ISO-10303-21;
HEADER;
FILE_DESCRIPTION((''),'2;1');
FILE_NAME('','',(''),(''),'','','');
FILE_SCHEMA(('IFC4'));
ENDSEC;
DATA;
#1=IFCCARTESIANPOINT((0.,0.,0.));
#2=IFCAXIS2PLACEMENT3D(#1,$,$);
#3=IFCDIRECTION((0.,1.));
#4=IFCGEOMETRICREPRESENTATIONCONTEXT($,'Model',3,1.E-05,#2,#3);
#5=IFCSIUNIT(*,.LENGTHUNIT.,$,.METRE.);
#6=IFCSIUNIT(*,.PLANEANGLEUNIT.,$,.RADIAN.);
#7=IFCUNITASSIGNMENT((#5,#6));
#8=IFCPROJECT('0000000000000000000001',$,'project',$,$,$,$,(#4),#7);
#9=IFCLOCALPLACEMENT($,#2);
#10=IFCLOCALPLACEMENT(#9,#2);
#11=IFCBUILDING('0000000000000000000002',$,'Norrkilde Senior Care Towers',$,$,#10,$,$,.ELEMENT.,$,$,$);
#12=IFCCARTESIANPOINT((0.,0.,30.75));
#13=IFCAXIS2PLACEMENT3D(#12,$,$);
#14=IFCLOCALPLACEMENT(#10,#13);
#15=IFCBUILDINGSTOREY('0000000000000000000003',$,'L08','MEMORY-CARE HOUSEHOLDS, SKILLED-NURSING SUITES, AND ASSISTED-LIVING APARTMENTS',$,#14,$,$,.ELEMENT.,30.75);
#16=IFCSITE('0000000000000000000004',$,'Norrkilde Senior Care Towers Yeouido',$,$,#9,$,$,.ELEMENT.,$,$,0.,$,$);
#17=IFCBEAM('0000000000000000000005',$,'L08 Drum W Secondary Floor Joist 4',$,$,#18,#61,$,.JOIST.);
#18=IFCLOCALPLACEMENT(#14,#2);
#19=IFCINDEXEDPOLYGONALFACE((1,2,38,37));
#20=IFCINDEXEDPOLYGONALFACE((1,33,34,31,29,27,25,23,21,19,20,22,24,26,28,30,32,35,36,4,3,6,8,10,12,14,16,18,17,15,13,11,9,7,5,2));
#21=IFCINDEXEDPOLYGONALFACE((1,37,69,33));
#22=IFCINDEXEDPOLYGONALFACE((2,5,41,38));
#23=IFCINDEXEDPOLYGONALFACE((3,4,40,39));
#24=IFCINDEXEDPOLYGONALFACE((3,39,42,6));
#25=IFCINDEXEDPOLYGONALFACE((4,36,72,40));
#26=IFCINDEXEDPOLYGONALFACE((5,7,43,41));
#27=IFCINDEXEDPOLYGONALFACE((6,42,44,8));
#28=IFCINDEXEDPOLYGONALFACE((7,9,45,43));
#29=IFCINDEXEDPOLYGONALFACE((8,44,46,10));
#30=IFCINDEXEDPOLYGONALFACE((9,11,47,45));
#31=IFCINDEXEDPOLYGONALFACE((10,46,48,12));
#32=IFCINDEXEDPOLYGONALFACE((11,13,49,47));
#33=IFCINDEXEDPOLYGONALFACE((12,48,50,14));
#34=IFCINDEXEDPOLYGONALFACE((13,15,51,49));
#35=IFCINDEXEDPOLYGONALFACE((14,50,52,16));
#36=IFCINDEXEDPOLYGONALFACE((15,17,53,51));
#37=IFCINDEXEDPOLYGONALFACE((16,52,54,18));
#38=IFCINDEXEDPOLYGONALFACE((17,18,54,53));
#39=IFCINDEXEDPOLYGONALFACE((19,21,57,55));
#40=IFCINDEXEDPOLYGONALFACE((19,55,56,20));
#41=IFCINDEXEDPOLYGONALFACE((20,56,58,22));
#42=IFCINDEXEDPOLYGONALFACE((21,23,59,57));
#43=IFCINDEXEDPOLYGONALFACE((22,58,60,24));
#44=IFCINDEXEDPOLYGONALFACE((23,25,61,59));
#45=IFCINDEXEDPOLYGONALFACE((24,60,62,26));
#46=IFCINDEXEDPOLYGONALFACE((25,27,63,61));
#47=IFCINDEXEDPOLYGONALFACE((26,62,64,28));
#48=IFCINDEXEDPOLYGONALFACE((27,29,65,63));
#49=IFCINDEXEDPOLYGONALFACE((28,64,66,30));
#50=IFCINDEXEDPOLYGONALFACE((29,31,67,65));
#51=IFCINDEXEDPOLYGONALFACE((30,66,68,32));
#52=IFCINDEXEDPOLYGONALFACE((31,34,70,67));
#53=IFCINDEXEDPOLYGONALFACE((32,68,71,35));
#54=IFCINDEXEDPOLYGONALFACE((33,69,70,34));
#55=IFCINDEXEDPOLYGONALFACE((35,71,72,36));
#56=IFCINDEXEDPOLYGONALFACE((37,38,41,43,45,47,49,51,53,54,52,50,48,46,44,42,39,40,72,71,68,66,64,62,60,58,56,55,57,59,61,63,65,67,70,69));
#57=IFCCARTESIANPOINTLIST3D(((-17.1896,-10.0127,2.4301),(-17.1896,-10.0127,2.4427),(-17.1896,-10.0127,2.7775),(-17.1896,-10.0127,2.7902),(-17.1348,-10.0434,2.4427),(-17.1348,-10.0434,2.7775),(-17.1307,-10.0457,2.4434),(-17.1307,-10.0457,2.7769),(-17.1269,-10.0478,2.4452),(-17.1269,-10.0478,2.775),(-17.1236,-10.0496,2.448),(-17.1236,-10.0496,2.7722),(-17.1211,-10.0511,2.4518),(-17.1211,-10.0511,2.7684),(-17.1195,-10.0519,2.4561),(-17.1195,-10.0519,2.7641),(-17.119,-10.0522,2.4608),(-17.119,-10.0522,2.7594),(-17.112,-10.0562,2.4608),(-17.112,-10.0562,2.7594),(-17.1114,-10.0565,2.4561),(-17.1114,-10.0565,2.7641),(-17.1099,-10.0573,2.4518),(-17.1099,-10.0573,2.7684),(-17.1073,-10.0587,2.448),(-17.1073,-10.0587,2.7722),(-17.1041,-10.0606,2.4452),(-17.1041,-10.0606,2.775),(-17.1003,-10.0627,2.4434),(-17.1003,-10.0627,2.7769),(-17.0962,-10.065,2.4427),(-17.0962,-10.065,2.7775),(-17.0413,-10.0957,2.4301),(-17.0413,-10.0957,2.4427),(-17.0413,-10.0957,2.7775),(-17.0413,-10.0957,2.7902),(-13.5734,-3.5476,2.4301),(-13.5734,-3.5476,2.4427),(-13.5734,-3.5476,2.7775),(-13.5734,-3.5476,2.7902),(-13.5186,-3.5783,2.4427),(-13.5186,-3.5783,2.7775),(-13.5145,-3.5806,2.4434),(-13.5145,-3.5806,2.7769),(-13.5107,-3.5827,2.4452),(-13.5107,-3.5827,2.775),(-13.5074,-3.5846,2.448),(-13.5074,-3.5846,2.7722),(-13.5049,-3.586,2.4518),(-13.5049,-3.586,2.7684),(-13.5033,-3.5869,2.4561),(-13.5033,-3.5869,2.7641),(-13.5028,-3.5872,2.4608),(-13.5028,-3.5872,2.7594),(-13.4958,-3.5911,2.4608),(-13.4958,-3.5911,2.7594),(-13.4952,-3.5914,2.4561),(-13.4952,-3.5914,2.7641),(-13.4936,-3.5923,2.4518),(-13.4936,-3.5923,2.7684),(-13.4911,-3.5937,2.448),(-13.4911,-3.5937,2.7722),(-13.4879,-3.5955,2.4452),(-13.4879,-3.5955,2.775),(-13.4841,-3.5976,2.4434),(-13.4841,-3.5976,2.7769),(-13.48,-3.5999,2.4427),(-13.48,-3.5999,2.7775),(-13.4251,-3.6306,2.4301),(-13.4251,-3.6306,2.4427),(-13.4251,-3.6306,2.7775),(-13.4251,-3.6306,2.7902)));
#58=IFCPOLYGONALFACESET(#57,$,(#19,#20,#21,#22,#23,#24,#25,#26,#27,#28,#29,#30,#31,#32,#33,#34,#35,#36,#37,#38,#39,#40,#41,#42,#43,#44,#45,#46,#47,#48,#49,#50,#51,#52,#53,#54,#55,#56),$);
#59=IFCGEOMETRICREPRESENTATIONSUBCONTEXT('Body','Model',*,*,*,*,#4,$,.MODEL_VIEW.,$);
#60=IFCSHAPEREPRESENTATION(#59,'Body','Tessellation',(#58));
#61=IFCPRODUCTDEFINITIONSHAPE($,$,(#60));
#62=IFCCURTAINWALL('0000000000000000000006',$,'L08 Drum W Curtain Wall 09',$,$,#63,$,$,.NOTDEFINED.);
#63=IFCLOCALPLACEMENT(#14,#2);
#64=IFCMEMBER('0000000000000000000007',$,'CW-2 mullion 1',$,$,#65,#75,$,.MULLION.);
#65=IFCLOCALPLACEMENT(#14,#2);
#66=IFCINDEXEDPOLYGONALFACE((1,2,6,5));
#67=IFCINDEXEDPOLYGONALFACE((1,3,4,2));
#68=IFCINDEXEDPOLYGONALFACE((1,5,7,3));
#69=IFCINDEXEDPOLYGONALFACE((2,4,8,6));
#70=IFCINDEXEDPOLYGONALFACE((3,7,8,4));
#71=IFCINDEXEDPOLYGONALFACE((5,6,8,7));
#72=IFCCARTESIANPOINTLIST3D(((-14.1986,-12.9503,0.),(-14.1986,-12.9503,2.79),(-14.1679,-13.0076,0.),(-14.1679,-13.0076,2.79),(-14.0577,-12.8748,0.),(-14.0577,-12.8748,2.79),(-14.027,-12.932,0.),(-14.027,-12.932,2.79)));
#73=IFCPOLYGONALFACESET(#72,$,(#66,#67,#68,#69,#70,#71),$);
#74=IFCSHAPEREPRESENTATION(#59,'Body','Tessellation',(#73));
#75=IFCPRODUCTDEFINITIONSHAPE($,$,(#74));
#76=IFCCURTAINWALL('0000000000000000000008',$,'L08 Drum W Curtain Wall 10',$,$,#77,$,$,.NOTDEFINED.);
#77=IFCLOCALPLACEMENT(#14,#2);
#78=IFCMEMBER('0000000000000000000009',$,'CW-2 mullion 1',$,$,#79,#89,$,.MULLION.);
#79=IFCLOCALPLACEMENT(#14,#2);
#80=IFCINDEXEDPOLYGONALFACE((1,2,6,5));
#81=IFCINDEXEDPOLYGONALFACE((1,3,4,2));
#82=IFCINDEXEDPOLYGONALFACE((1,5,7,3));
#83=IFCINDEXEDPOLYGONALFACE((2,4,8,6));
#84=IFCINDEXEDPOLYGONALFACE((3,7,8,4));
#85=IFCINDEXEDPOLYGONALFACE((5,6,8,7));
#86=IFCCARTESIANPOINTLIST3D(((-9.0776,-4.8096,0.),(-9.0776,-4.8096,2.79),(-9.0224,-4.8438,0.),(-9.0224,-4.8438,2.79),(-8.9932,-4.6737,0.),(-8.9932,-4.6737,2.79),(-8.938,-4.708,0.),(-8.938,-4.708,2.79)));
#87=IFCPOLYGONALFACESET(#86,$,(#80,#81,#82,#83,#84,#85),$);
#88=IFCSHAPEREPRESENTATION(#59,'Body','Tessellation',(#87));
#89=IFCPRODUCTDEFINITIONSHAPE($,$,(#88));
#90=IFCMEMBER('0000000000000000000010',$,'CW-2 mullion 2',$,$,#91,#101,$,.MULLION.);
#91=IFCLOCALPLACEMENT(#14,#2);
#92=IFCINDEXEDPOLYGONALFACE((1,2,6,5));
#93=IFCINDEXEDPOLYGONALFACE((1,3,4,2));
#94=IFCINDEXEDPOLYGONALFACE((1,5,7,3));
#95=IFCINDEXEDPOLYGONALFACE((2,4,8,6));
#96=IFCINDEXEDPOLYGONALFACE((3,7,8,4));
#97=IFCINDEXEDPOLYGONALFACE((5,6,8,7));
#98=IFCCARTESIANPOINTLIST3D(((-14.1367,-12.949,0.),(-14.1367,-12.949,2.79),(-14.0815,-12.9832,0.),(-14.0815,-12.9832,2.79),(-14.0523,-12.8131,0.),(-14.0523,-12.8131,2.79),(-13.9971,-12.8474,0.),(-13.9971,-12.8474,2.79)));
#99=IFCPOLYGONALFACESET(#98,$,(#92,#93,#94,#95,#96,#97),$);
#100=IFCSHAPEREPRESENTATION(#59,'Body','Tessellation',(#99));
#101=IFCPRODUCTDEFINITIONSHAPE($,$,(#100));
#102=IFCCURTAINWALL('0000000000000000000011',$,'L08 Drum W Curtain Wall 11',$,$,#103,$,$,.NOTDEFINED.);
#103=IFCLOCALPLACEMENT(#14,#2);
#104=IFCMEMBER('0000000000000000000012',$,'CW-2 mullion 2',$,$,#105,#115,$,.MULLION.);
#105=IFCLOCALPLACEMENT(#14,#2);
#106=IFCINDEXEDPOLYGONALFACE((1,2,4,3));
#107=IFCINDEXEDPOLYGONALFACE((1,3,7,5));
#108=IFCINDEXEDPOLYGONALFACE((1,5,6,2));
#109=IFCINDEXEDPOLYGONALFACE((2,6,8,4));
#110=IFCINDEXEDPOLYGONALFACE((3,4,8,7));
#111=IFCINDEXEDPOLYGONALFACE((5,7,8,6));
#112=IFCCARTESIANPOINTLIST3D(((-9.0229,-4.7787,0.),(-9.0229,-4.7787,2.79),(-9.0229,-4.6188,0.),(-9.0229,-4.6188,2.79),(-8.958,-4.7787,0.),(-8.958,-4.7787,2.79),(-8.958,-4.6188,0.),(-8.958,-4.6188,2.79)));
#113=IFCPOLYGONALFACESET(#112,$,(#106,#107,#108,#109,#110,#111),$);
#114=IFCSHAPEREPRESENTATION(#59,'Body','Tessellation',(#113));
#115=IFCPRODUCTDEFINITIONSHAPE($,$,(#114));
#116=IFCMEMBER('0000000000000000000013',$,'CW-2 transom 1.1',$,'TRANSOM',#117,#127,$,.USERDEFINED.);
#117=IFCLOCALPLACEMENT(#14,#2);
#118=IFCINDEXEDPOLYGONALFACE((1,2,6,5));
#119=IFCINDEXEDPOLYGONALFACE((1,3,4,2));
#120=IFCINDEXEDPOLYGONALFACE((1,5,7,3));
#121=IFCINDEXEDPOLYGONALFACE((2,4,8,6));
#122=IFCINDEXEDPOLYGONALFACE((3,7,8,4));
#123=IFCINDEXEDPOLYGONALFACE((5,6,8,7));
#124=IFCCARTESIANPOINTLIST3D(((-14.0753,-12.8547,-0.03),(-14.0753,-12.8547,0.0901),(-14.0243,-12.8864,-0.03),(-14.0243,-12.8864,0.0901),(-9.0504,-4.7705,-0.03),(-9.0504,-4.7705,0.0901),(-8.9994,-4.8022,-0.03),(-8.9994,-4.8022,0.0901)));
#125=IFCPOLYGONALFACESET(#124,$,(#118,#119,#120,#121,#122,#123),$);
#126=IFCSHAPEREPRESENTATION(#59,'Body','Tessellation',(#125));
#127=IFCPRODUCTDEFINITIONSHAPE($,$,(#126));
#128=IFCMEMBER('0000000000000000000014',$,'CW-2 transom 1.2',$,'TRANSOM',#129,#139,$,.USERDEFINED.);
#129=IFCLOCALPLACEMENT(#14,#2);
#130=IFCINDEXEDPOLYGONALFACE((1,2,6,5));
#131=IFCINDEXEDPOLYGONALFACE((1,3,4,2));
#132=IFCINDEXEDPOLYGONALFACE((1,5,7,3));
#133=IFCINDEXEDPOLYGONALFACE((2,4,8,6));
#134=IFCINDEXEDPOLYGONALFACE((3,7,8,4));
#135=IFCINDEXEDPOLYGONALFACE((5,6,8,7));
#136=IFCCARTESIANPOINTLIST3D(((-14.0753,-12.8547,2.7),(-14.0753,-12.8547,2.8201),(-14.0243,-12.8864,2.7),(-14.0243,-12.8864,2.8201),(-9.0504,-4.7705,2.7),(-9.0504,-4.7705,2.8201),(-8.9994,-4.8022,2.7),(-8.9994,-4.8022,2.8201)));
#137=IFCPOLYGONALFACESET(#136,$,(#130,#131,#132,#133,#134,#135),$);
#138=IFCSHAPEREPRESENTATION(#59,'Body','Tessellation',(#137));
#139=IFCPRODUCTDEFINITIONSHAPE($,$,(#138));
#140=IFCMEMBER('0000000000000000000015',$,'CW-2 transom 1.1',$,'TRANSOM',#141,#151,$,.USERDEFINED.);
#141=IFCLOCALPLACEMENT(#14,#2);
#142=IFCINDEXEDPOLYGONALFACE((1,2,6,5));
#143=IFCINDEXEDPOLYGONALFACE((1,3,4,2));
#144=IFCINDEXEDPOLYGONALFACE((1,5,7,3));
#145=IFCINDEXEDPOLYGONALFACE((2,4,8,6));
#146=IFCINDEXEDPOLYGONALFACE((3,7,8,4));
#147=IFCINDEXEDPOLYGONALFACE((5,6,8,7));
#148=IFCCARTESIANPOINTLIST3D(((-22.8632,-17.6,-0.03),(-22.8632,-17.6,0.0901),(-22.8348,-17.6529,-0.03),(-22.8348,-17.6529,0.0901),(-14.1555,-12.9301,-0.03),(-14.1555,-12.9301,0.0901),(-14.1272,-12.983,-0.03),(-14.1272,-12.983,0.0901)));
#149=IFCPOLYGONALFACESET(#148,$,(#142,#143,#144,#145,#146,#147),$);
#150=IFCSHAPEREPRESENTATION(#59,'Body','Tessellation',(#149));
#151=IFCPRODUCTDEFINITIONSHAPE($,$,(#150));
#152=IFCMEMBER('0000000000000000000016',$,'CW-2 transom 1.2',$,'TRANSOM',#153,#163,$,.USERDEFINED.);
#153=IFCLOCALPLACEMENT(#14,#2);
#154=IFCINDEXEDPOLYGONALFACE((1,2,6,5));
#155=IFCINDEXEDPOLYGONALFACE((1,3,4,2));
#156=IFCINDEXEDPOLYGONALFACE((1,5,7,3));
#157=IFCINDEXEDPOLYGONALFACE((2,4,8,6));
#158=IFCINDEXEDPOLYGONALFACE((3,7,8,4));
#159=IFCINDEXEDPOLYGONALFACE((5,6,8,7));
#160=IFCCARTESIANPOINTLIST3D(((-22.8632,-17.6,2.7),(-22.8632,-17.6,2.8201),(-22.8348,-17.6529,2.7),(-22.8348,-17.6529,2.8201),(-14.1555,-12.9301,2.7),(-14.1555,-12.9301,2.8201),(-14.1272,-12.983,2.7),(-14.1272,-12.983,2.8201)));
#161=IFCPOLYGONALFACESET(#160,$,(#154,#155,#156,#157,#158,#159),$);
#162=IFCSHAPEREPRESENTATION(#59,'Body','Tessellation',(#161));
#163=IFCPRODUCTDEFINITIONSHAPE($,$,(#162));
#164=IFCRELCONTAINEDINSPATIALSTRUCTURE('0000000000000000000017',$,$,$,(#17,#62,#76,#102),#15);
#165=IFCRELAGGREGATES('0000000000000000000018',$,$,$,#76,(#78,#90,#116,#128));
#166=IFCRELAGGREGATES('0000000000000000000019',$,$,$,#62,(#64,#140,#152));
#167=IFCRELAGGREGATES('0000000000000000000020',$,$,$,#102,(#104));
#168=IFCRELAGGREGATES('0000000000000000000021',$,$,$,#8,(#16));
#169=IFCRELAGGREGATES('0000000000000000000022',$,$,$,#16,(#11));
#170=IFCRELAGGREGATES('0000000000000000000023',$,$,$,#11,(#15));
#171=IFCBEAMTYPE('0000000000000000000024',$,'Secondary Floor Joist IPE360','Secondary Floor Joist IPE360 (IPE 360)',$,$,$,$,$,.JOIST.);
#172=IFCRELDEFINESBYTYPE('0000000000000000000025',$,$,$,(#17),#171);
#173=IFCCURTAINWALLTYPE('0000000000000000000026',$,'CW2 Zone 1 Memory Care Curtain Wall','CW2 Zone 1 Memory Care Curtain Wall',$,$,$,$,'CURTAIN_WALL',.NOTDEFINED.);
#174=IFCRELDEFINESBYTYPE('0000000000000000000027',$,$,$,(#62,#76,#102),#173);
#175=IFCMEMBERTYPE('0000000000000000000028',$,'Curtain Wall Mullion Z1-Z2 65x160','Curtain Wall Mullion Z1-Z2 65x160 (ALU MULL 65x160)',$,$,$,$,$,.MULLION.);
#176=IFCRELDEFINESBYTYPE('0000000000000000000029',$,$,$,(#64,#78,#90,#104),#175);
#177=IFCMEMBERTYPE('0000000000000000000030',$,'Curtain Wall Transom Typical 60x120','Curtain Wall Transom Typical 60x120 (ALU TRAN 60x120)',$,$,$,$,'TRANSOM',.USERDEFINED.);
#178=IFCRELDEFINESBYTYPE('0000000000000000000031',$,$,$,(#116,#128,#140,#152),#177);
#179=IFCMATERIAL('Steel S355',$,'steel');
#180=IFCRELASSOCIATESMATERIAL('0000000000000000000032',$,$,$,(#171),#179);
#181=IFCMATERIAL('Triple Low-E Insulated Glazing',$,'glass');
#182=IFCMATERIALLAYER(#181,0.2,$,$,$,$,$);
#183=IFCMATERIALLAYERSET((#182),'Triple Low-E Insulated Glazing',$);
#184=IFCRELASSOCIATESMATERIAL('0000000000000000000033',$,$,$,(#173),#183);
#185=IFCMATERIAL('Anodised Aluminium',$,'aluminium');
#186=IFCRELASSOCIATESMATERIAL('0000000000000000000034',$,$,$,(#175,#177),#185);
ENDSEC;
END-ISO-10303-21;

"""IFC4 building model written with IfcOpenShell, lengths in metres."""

from ifc_helpers import new_model, si_unit, direction, frame, origin, origin_2d, place, context, subcontext, project, spatial, rectangle, i_section, extrude, source, transform, mapped, material, layer, layer_set, material_profile, profile_set, type_object, type_shapes, element, aggregate, save


model = new_model("IFC4")

# Units and contexts
model_context = context("Model", 3, precision=1e-05, world=origin(), true_north=direction((0.0, 1.0)))
body_context = subcontext(model_context, "Body", "Model", "MODEL_VIEW")
ifc_project = project(units=[si_unit("LENGTHUNIT", "METRE"), si_unit("PLANEANGLEUNIT", "RADIAN")], contexts=[model_context])

# Site, building, storey
site_placement = place(None, origin())
site = spatial("IfcSite", under=ifc_project, at=site_placement, Name="Norrkilde Senior Care Towers Yeouido", CompositionType="ELEMENT", RefElevation=0.0)
building_placement = place(site_placement, origin())
building = spatial("IfcBuilding", under=site, at=building_placement, Name="Norrkilde Senior Care Towers", CompositionType="ELEMENT")
storey_placement = place(building_placement, frame((0.0, 0.0, 30.75)))
storey = spatial("IfcBuildingStorey", under=building, at=storey_placement, Name="L08", Description="MEMORY-CARE HOUSEHOLDS, SKILLED-NURSING SUITES, AND ASSISTED-LIVING APARTMENTS", CompositionType="ELEMENT", Elevation=30.75)

# Beam
ifc_material_1 = material(Name="Steel S355", Category="steel")
ifc_material_profile_1 = material_profile(ifc_material_1, i_section(OverallWidth=0.1699, OverallDepth=0.3601, WebThickness=0.0081, FlangeThickness=0.0127, FilletRadius=0.0181, at=origin_2d()), Name="IPE 360")
ifc_profile_set_1 = profile_set([ifc_material_profile_1], Name="Steel S355")
beam_type_1 = type_object("IfcBeamType", Name="Secondary Floor Joist IPE360", Description="Secondary Floor Joist IPE360 (IPE 360)", PredefinedType="JOIST", material=ifc_profile_set_1)
shared_shape_1 = source(origin(), body_context, "Body", "SweptSolid", [
    extrude(i_section(OverallWidth=0.1699, OverallDepth=0.3601, WebThickness=0.0081, FlangeThickness=0.0127, FilletRadius=0.0181, at=origin_2d()), origin(), (0.0, 0.0, 1.0), 7.4077),
])
type_shapes(beam_type_1, [shared_shape_1])
beam_1_placement = place(storey_placement, frame((-17.1155, -10.0542, 2.6101), z_axis=(0.488168, 0.87275, 0.0), x_axis=(-0.87275, 0.488168, 0.0)))
element("IfcBeam", 1, at=beam_1_placement, inside=storey, type_object=beam_type_1, Name="L08 Drum W Secondary Floor Joist 4", PredefinedType="JOIST", context=body_context, shape_type="MappedRepresentation", body=[
    mapped(shared_shape_1, transform((0.0, 0.0, 0.0), x_axis=(1.0, 0.0, 0.0), y_axis=(0.0, 1.0, 0.0), z_axis=(0.0, 0.0, 1.0), scale=1.0)),
])

# Curtain wall, member
ifc_material_2 = material(Name="Triple Low-E Insulated Glazing", Category="glass")
ifc_layer_1 = layer(ifc_material_2, 0.2)
ifc_layer_set_1 = layer_set([ifc_layer_1], Name="Triple Low-E Insulated Glazing")
curtain_wall_type = type_object("IfcCurtainWallType", Name="CW2 Zone 1 Memory Care Curtain Wall", Description="CW2 Zone 1 Memory Care Curtain Wall", ElementType="CURTAIN_WALL", PredefinedType="NOTDEFINED", material=ifc_layer_set_1)
curtain_wall_1_placement = place(storey_placement, origin())
curtain_wall_1 = element("IfcCurtainWall", 2, at=curtain_wall_1_placement, inside=storey, type_object=curtain_wall_type, Name="L08 Drum W Curtain Wall 09", PredefinedType="NOTDEFINED")
ifc_material_3 = material(Name="Anodised Aluminium", Category="aluminium")
ifc_material_profile_2 = material_profile(ifc_material_3, rectangle(XDim=0.0649, YDim=0.1599, at=origin_2d()), Name="ALU MULL 65x160")
ifc_profile_set_2 = profile_set([ifc_material_profile_2], Name="Anodised Aluminium")
member_type_1 = type_object("IfcMemberType", Name="Curtain Wall Mullion Z1-Z2 65x160", Description="Curtain Wall Mullion Z1-Z2 65x160 (ALU MULL 65x160)", PredefinedType="MULLION", material=ifc_profile_set_2)
shared_shape_2 = source(origin(), body_context, "Body", "SweptSolid", [
    extrude(rectangle(XDim=0.0649, YDim=0.1599, at=origin_2d()), origin(), (0.0, 0.0, 1.0), 2.79),
])
type_shapes(member_type_1, [shared_shape_2])
member_1_placement = place(storey_placement, frame((-14.1128, -12.9412, 0.0), z_axis=(0.0, 0.0, 1.0), x_axis=(0.472608, -0.881273, 0.0)))
member_1 = element("IfcMember", 3, at=member_1_placement, type_object=member_type_1, Name="CW-2 mullion 1", PredefinedType="MULLION", context=body_context, shape_type="MappedRepresentation", body=[
    mapped(shared_shape_2, transform((0.0, 0.0, 0.0), x_axis=(1.0, 0.0, 0.0), y_axis=(0.0, 1.0, 0.0), z_axis=(0.0, 0.0, 1.0), scale=1.0)),
])

# Curtain wall, members
curtain_wall_2_placement = place(storey_placement, origin())
curtain_wall_2 = element("IfcCurtainWall", 4, at=curtain_wall_2_placement, inside=storey, type_object=curtain_wall_type, Name="L08 Drum W Curtain Wall 10", PredefinedType="NOTDEFINED")
member_2_placement = place(storey_placement, frame((-9.0078, -4.7588, 0.0), z_axis=(0.0, 0.0, 1.0), x_axis=(0.849306, -0.527901, 0.0)))
member_2 = element("IfcMember", 5, at=member_2_placement, type_object=member_type_1, Name="CW-2 mullion 1", PredefinedType="MULLION", context=body_context, shape_type="MappedRepresentation", body=[
    mapped(shared_shape_2, transform((0.0, 0.0, 0.0), x_axis=(1.0, 0.0, 0.0), y_axis=(0.0, 1.0, 0.0), z_axis=(0.0, 0.0, 1.0), scale=1.0)),
])
member_3_placement = place(storey_placement, frame((-14.0669, -12.8982, 0.0), z_axis=(0.0, 0.0, 1.0), x_axis=(0.849306, -0.527901, 0.0)))
member_3 = element("IfcMember", 6, at=member_3_placement, type_object=member_type_1, Name="CW-2 mullion 2", PredefinedType="MULLION", context=body_context, shape_type="MappedRepresentation", body=[
    mapped(shared_shape_2, transform((0.0, 0.0, 0.0), x_axis=(1.0, 0.0, 0.0), y_axis=(0.0, 1.0, 0.0), z_axis=(0.0, 0.0, 1.0), scale=1.0)),
])

# Curtain wall, member
curtain_wall_3_placement = place(storey_placement, origin())
curtain_wall_3 = element("IfcCurtainWall", 7, at=curtain_wall_3_placement, inside=storey, type_object=curtain_wall_type, Name="L08 Drum W Curtain Wall 11", PredefinedType="NOTDEFINED")
member_4_placement = place(storey_placement, frame((-8.9905, -4.6987, 0.0), z_axis=(0.0, 0.0, 1.0), x_axis=(1.0, 0.0, 0.0)))
member_4 = element("IfcMember", 8, at=member_4_placement, type_object=member_type_1, Name="CW-2 mullion 2", PredefinedType="MULLION", context=body_context, shape_type="MappedRepresentation", body=[
    mapped(shared_shape_2, transform((0.0, 0.0, 0.0), x_axis=(1.0, 0.0, 0.0), y_axis=(0.0, 1.0, 0.0), z_axis=(0.0, 0.0, 1.0), scale=1.0)),
])

# Members
ifc_material_profile_3 = material_profile(ifc_material_3, rectangle(XDim=0.0601, YDim=0.1201, at=origin_2d()), Name="ALU TRAN 60x120")
ifc_profile_set_3 = profile_set([ifc_material_profile_3], Name="Anodised Aluminium")
member_type_2 = type_object("IfcMemberType", Name="Curtain Wall Transom Typical 60x120", Description="Curtain Wall Transom Typical 60x120 (ALU TRAN 60x120)", ElementType="TRANSOM", PredefinedType="USERDEFINED", material=ifc_profile_set_3)
shared_shape_3 = source(origin(), body_context, "Body", "SweptSolid", [
    extrude(rectangle(XDim=0.0601, YDim=0.1201, at=origin_2d()), origin(), (0.0, 0.0, 1.0), 9.5186),
])
member_5_placement = place(storey_placement, frame((-9.0249, -4.7864, 0.03), z_axis=(-0.527902, -0.849306, 0.0), x_axis=(0.849306, -0.527902, 0.0)))
member_5 = element("IfcMember", 9, at=member_5_placement, type_object=member_type_2, Name="CW-2 transom 1.1", ObjectType="TRANSOM", PredefinedType="USERDEFINED", context=body_context, shape_type="MappedRepresentation", body=[
    mapped(shared_shape_3, transform((0.0, 0.0, 0.0), x_axis=(1.0, 0.0, 0.0), y_axis=(0.0, 1.0, 0.0), z_axis=(0.0, 0.0, 1.0), scale=1.0)),
])
member_6_placement = place(storey_placement, frame((-9.0249, -4.7864, 2.76), z_axis=(-0.527902, -0.849306, 0.0), x_axis=(0.849306, -0.527902, 0.0)))
member_6 = element("IfcMember", 10, at=member_6_placement, type_object=member_type_2, Name="CW-2 transom 1.2", ObjectType="TRANSOM", PredefinedType="USERDEFINED", context=body_context, shape_type="MappedRepresentation", body=[
    mapped(shared_shape_3, transform((0.0, 0.0, 0.0), x_axis=(1.0, 0.0, 0.0), y_axis=(0.0, 1.0, 0.0), z_axis=(0.0, 0.0, 1.0), scale=1.0)),
])
shared_shape_4 = source(origin(), body_context, "Body", "SweptSolid", [
    extrude(rectangle(XDim=0.0601, YDim=0.1201, at=origin_2d()), origin(), (0.0, 0.0, 1.0), 9.8809),
])
type_shapes(member_type_2, [shared_shape_3, shared_shape_4])
member_7_placement = place(storey_placement, frame((-14.1414, -12.9565, 0.03), z_axis=(-0.881267, -0.472618, 0.0), x_axis=(0.472618, -0.881267, 0.0)))
member_7 = element("IfcMember", 11, at=member_7_placement, type_object=member_type_2, Name="CW-2 transom 1.1", ObjectType="TRANSOM", PredefinedType="USERDEFINED", context=body_context, shape_type="MappedRepresentation", body=[
    mapped(shared_shape_4, transform((0.0, 0.0, 0.0), x_axis=(1.0, 0.0, 0.0), y_axis=(0.0, 1.0, 0.0), z_axis=(0.0, 0.0, 1.0), scale=1.0)),
])
member_8_placement = place(storey_placement, frame((-14.1414, -12.9565, 2.76), z_axis=(-0.881267, -0.472618, 0.0), x_axis=(0.472618, -0.881267, 0.0)))
member_8 = element("IfcMember", 12, at=member_8_placement, type_object=member_type_2, Name="CW-2 transom 1.2", ObjectType="TRANSOM", PredefinedType="USERDEFINED", context=body_context, shape_type="MappedRepresentation", body=[
    mapped(shared_shape_4, transform((0.0, 0.0, 0.0), x_axis=(1.0, 0.0, 0.0), y_axis=(0.0, 1.0, 0.0), z_axis=(0.0, 0.0, 1.0), scale=1.0)),
])

aggregate(curtain_wall_2, [member_2, member_3, member_5, member_6])
aggregate(curtain_wall_1, [member_1, member_7, member_8])
aggregate(curtain_wall_3, [member_4])

save(model, "model.ifc")
